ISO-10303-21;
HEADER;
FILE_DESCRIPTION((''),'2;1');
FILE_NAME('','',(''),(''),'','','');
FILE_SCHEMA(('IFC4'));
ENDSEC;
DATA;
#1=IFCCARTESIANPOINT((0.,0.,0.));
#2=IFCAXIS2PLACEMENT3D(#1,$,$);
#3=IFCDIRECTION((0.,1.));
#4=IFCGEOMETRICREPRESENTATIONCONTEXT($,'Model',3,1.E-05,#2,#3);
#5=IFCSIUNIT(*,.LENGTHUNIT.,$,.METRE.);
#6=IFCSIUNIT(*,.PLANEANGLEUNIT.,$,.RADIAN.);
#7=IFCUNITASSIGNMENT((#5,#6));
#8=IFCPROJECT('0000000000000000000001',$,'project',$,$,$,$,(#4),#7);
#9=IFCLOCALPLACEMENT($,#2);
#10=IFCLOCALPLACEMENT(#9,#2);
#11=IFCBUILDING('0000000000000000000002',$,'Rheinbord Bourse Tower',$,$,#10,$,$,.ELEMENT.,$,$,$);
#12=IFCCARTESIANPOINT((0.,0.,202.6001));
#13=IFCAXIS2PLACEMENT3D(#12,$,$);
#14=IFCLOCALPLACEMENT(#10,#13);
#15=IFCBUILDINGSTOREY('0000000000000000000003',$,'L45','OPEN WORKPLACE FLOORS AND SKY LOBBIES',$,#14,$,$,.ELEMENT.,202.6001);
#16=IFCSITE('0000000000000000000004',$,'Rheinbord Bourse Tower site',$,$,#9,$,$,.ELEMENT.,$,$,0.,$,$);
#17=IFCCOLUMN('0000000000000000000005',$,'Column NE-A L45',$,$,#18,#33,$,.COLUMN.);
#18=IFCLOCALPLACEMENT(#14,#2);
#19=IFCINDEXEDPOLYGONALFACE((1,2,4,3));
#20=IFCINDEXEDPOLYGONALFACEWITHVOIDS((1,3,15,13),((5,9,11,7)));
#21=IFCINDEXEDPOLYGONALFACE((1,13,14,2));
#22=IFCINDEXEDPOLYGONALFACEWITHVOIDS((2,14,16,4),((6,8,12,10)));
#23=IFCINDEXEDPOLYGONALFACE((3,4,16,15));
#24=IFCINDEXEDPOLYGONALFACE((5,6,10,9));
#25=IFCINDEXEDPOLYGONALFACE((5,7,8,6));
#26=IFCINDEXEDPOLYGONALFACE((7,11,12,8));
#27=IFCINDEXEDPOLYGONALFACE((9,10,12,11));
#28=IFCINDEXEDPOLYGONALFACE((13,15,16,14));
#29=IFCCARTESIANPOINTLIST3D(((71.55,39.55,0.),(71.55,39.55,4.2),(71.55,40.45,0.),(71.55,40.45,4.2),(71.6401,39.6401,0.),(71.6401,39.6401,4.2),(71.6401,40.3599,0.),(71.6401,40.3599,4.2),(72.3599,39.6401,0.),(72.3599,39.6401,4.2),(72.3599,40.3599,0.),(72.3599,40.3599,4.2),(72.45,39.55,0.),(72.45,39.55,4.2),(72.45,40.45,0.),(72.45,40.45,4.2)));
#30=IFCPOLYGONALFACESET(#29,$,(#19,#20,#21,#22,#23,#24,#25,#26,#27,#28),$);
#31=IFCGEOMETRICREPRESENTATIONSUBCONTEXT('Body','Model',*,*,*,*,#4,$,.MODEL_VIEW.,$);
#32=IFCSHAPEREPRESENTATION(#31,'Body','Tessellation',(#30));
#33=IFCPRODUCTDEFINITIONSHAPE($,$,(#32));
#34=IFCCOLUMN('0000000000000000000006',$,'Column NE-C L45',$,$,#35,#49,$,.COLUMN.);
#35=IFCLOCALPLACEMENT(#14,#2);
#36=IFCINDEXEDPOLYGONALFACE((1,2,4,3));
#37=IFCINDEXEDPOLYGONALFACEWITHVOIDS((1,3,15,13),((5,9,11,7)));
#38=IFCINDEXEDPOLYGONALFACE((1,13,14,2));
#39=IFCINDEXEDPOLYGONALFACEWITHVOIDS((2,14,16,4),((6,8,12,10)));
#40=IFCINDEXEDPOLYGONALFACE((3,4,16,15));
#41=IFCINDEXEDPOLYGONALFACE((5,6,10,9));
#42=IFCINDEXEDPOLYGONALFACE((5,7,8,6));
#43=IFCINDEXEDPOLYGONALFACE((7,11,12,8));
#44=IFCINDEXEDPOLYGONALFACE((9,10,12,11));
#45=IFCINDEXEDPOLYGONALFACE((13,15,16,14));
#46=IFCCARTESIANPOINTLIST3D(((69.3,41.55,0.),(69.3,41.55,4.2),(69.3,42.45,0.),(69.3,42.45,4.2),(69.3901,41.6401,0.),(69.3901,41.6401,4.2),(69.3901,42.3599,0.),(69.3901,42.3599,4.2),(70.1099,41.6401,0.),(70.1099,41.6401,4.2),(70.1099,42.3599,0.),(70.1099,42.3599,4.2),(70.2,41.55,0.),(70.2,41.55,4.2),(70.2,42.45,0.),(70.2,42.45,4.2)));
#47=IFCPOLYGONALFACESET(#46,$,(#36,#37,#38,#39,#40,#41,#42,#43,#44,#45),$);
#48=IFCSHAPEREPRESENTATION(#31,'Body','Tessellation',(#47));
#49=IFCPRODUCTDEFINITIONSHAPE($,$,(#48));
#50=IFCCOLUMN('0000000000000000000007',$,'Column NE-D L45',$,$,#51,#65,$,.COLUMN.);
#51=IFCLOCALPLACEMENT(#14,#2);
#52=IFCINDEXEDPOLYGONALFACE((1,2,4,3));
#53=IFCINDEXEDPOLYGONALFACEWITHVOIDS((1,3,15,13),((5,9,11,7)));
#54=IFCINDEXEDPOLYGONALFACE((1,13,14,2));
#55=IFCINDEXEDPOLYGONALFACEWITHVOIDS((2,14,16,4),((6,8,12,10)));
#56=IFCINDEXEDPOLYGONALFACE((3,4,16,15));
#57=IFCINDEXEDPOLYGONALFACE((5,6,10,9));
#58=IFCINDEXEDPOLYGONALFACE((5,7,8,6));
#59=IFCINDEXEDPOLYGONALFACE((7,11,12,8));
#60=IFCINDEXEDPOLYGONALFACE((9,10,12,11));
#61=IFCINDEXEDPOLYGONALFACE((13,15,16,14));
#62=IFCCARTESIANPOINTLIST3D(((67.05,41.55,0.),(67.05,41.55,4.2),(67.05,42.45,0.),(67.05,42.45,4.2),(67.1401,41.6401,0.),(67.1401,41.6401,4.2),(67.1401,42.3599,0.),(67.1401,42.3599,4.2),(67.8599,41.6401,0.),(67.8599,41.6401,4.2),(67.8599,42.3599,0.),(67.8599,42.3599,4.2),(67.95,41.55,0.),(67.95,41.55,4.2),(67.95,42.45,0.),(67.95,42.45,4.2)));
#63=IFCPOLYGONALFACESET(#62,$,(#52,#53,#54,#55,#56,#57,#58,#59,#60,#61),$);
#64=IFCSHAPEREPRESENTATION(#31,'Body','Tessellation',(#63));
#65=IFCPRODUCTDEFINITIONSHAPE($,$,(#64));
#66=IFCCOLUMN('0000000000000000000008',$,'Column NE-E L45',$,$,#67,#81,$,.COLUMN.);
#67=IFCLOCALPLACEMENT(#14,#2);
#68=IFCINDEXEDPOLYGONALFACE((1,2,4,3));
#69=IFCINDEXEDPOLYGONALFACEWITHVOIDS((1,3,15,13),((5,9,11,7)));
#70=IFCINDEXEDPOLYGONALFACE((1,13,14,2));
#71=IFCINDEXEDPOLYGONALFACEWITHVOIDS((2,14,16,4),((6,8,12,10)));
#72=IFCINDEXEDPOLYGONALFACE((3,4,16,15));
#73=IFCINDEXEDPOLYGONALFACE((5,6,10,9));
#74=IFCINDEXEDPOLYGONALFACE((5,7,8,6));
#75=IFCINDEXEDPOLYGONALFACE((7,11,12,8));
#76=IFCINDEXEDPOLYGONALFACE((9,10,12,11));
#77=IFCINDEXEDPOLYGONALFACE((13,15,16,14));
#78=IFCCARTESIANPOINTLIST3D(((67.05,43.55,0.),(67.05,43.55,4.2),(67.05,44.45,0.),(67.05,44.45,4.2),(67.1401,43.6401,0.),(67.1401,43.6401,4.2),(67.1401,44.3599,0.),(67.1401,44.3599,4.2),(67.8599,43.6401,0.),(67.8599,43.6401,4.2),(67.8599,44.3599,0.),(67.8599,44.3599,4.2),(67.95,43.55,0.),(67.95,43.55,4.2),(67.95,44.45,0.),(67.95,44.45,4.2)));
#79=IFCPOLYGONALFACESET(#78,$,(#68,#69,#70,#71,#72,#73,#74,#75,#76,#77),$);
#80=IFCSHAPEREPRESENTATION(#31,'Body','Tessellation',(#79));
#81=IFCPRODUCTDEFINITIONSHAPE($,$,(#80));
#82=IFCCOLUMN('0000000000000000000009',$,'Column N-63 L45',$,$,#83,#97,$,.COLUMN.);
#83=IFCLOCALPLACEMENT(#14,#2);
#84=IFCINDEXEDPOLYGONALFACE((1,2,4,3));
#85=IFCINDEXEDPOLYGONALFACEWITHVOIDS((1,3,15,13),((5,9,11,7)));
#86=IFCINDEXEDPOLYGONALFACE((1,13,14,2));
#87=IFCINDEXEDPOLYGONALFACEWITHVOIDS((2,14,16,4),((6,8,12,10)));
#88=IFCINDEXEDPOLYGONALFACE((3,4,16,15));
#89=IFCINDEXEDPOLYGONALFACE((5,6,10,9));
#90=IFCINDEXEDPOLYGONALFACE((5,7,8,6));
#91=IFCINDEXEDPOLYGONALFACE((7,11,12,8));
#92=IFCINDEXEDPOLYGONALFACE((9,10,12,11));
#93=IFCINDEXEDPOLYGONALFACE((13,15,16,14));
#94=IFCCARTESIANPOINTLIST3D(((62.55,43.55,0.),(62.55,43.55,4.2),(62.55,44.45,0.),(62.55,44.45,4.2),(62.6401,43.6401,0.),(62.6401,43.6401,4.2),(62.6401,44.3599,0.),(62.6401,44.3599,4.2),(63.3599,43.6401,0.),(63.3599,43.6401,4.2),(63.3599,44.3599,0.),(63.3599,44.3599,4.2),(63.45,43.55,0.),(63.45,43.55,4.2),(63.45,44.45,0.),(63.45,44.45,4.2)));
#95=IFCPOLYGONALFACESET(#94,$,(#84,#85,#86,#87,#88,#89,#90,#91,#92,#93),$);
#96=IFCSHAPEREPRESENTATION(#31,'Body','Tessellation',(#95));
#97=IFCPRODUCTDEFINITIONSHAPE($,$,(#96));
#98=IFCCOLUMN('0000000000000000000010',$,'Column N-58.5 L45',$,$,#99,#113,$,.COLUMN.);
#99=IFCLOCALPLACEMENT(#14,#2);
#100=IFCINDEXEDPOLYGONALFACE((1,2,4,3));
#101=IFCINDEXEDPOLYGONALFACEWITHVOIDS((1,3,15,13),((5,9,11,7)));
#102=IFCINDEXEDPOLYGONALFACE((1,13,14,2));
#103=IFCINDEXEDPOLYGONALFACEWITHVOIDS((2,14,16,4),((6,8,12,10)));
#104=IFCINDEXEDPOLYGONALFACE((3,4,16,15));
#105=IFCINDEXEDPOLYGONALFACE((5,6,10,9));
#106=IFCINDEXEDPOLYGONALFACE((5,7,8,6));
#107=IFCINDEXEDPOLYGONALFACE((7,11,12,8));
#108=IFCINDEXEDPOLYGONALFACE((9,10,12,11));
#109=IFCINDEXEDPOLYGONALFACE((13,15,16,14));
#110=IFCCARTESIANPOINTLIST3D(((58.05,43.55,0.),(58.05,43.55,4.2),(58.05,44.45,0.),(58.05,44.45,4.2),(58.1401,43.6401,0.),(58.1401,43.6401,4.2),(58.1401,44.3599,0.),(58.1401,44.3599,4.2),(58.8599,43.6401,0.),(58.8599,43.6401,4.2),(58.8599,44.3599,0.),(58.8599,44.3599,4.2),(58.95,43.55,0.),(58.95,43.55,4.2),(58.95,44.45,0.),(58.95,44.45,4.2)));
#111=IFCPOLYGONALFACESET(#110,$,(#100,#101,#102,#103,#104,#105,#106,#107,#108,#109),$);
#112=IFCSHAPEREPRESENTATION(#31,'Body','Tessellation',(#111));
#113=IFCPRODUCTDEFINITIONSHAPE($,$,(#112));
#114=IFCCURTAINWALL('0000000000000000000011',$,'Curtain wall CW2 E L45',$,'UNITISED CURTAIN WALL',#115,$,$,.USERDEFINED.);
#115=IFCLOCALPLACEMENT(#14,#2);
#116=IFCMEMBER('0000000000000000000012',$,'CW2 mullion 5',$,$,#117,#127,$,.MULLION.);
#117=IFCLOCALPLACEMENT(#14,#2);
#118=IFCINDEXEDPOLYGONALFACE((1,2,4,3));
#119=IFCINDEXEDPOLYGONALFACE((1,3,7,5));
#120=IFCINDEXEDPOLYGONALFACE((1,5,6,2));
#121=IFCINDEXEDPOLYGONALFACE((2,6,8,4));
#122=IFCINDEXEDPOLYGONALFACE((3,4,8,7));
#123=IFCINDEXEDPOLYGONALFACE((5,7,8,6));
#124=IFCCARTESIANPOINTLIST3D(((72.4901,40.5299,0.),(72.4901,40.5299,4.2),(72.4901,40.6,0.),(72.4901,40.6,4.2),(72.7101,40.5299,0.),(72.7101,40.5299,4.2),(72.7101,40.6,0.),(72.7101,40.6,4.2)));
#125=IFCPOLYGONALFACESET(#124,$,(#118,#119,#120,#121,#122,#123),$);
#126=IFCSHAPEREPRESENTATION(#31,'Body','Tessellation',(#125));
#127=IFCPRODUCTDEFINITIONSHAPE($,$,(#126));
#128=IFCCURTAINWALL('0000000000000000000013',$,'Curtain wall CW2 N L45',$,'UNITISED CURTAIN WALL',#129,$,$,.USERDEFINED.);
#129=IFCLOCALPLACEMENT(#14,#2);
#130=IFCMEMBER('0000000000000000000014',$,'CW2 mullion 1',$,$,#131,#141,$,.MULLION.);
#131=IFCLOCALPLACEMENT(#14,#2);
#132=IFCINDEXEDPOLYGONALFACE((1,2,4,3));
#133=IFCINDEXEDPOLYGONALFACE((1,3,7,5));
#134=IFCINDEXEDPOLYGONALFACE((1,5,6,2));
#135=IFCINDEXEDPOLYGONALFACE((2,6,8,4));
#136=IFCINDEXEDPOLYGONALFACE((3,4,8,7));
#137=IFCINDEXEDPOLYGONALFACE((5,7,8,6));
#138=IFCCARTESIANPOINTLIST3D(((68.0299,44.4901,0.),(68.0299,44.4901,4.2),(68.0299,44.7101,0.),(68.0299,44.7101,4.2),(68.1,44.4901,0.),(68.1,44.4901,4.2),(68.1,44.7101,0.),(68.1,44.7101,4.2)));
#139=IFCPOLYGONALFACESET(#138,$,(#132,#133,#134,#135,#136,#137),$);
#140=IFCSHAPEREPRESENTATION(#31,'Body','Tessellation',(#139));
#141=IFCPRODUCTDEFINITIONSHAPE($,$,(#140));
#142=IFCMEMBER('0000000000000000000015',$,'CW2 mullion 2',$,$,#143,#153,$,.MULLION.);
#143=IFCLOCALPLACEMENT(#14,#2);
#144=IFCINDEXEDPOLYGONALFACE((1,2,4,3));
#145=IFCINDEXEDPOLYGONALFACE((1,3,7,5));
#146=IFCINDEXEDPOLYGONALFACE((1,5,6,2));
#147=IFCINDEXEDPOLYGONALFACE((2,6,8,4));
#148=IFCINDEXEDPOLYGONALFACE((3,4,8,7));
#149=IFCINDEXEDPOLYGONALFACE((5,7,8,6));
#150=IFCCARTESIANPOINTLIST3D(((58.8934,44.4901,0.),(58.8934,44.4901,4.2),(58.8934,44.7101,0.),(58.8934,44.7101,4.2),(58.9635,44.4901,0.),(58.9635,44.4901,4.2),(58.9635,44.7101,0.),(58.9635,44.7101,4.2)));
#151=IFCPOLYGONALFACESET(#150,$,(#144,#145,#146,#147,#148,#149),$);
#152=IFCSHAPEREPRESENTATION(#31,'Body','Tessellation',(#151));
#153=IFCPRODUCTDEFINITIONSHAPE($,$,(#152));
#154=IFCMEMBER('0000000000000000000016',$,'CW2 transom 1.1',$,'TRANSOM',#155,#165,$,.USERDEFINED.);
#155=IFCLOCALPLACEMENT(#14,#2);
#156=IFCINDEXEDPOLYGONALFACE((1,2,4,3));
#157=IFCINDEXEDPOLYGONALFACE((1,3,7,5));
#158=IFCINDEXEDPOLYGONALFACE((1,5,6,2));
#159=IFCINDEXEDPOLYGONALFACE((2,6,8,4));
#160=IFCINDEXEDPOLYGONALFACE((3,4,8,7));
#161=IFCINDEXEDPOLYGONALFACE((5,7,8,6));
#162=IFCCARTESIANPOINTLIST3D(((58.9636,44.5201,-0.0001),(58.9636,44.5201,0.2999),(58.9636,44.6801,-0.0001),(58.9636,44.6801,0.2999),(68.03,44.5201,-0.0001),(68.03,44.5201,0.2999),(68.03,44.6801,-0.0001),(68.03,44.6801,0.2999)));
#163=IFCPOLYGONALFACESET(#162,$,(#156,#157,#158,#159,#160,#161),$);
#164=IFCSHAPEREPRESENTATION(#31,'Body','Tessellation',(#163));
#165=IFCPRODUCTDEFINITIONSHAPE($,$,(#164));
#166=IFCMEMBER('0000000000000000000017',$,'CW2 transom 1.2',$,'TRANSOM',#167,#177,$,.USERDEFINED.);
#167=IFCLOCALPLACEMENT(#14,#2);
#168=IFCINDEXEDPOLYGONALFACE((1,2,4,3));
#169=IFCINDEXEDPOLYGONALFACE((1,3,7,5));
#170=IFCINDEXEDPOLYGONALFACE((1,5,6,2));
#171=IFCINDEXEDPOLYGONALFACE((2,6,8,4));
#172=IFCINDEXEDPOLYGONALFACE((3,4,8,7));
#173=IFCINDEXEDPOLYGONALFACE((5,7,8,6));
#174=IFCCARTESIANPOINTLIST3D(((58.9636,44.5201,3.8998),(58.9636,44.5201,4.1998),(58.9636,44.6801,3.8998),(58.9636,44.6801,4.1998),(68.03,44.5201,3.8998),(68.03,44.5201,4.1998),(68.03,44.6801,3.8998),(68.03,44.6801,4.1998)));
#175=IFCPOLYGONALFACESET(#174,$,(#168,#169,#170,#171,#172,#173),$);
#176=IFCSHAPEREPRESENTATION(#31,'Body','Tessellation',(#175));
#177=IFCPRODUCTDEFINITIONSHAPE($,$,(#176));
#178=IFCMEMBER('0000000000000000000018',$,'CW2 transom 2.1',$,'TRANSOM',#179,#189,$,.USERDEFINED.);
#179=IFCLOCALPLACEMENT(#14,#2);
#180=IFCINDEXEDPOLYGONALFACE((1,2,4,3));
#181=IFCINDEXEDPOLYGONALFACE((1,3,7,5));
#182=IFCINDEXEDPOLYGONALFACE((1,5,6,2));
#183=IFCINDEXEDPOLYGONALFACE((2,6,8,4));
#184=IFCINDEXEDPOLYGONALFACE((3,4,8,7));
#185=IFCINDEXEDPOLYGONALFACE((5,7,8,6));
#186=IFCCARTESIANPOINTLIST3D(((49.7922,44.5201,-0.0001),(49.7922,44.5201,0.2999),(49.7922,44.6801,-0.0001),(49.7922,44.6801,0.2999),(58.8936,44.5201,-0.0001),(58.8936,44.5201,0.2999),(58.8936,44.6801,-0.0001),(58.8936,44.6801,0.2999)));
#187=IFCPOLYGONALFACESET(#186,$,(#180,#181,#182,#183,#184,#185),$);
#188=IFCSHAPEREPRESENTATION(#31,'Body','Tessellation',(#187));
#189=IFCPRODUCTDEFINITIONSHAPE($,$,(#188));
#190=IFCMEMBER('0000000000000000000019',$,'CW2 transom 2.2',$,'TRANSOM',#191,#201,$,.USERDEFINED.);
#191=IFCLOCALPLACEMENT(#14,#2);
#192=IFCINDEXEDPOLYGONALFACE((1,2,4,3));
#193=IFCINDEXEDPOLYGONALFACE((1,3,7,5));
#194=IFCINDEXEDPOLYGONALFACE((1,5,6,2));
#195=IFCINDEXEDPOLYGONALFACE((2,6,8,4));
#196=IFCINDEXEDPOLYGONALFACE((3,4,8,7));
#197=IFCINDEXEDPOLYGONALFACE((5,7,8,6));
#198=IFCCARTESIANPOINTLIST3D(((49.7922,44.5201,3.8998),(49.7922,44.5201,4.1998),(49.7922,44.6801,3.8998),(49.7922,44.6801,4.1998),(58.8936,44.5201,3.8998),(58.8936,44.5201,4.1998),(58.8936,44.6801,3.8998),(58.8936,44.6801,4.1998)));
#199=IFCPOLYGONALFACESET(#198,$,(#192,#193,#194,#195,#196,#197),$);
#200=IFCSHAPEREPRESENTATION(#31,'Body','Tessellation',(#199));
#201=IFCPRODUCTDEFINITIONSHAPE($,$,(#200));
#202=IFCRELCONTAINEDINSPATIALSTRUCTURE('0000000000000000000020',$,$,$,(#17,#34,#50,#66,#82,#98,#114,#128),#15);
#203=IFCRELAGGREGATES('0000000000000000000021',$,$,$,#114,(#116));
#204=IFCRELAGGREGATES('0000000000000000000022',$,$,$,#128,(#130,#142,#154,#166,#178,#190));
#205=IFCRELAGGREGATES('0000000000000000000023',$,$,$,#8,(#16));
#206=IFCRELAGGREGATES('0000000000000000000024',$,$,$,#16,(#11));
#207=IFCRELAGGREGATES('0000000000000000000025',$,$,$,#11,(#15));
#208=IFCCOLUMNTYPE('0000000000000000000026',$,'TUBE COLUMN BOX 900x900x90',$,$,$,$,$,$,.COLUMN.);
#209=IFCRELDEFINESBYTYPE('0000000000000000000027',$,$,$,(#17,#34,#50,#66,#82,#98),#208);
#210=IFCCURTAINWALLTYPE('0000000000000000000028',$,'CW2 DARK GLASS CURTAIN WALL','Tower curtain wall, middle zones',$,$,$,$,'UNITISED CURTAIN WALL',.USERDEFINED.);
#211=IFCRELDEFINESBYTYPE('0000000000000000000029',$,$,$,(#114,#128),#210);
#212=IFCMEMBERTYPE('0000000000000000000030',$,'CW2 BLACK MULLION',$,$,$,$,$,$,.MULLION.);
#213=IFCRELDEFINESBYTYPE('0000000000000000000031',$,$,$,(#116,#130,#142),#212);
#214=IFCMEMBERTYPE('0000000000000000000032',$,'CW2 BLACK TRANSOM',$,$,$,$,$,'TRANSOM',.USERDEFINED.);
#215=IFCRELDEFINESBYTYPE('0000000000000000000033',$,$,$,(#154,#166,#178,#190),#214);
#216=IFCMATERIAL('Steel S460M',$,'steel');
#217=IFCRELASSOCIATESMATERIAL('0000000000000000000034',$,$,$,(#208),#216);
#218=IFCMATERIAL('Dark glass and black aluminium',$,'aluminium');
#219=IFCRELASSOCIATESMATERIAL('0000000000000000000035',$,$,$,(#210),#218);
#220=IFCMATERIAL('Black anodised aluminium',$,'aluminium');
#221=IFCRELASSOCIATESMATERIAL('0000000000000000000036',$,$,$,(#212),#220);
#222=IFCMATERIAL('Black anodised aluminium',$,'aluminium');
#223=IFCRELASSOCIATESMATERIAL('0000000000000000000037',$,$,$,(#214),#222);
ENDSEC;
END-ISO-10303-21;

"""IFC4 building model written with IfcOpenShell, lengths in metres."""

from ifc_helpers import new_model, si_unit, direction, frame, origin, origin_2d, place, context, subcontext, project, spatial, rectangle, hollow_rectangle, extrude, material, material_profile, profile_set, type_object, element, aggregate, save


model = new_model("IFC4")

# Units and contexts
model_context = context("Model", 3, precision=1e-05, world=origin(), true_north=direction((0.0, 1.0)))
body_context = subcontext(model_context, "Body", "Model", "MODEL_VIEW")
ifc_project = project(units=[si_unit("LENGTHUNIT", "METRE"), si_unit("PLANEANGLEUNIT", "RADIAN")], contexts=[model_context])

# Site, building, storey
site_placement = place(None, origin())
site = spatial("IfcSite", under=ifc_project, at=site_placement, Name="Rheinbord Bourse Tower site", CompositionType="ELEMENT", RefElevation=0.0)
building_placement = place(site_placement, origin())
building = spatial("IfcBuilding", under=site, at=building_placement, Name="Rheinbord Bourse Tower", CompositionType="ELEMENT")
storey_placement = place(building_placement, frame((0.0, 0.0, 202.6001)))
storey = spatial("IfcBuildingStorey", under=building, at=storey_placement, Name="L45", Description="OPEN WORKPLACE FLOORS AND SKY LOBBIES", CompositionType="ELEMENT", Elevation=202.6001)

# Columns
ifc_material_1 = material(Name="Steel S460M", Category="steel")
ifc_material_profile_1 = material_profile(ifc_material_1, hollow_rectangle(XDim=0.8999, YDim=0.8999, WallThickness=0.0901, at=origin_2d()), Name="BOX 900x900x90")
ifc_profile_set_1 = profile_set([ifc_material_profile_1], Name="Steel S460M")
column_type = type_object("IfcColumnType", Name="TUBE COLUMN BOX 900x900x90", PredefinedType="COLUMN", material=ifc_profile_set_1)
for number, where, z_axis, x_axis, name in (
    (1, (72.0, 40.0, 0.0), (0.0, 0.0, 1.0), (1.0, 0.0, 0.0), "Column NE-A L45"),
    (2, (69.75, 42.0, 0.0), (0.0, 0.0, 1.0), (1.0, 0.0, 0.0), "Column NE-C L45"),
    (3, (67.5, 42.0, 0.0), (0.0, 0.0, 1.0), (0.0, 1.0, 0.0), "Column NE-D L45"),
    (4, (67.5, 44.0, 0.0), (0.0, 0.0, 1.0), (0.0, 1.0, 0.0), "Column NE-E L45"),
    (5, (63.0, 44.0, 0.0), (0.0, 0.0, 1.0), (0.0, 1.0, 0.0), "Column N-63 L45"),
    (6, (58.5, 44.0, 0.0), (0.0, 0.0, 1.0), (0.0, 1.0, 0.0), "Column N-58.5 L45"),
):
    element("IfcColumn", number, at=place(storey_placement, frame(where, z_axis=z_axis, x_axis=x_axis)), inside=storey, type_object=column_type, Name=name, PredefinedType="COLUMN", context=body_context, shape_type="SweptSolid", body=[
        extrude(hollow_rectangle(XDim=0.8999, YDim=0.8999, WallThickness=0.0901, at=origin_2d()), origin(), (0.0, 0.0, 1.0), 4.2),
    ])

# Curtain wall, member
ifc_material_2 = material(Name="Dark glass and black aluminium", Category="aluminium")
curtain_wall_type = type_object("IfcCurtainWallType", Name="CW2 DARK GLASS CURTAIN WALL", Description="Tower curtain wall, middle zones", ElementType="UNITISED CURTAIN WALL", PredefinedType="USERDEFINED", material=ifc_material_2)
curtain_wall_1_placement = place(storey_placement, origin())
curtain_wall_1 = element("IfcCurtainWall", 7, at=curtain_wall_1_placement, inside=storey, type_object=curtain_wall_type, Name="Curtain wall CW2 E L45", ObjectType="UNITISED CURTAIN WALL", PredefinedType="USERDEFINED")
ifc_material_3 = material(Name="Black anodised aluminium", Category="aluminium")
ifc_material_profile_2 = material_profile(ifc_material_3, rectangle(XDim=0.22, YDim=0.0701, at=origin_2d()), Name="CW2 MULLION 70x220")
ifc_profile_set_2 = profile_set([ifc_material_profile_2], Name="Black anodised aluminium")
member_type_1 = type_object("IfcMemberType", Name="CW2 BLACK MULLION", PredefinedType="MULLION", material=ifc_profile_set_2)
member_1_placement = place(storey_placement, frame((72.6001, 40.5649, 0.0), z_axis=(0.0, 0.0, 1.0), x_axis=(-1.0, 0.0, 0.0)))
member_1 = element("IfcMember", 8, at=member_1_placement, type_object=member_type_1, Name="CW2 mullion 5", PredefinedType="MULLION", context=body_context, shape_type="SweptSolid", body=[
    extrude(rectangle(XDim=0.22, YDim=0.0701, at=origin_2d()), origin(), (0.0, 0.0, 1.0), 4.2),
])

# Curtain wall, members
curtain_wall_2_placement = place(storey_placement, origin())
curtain_wall_2 = element("IfcCurtainWall", 9, at=curtain_wall_2_placement, inside=storey, type_object=curtain_wall_type, Name="Curtain wall CW2 N L45", ObjectType="UNITISED CURTAIN WALL", PredefinedType="USERDEFINED")
member_2_placement = place(storey_placement, frame((68.0649, 44.6001, 0.0), z_axis=(0.0, 0.0, 1.0), x_axis=(0.0, -1.0, 0.0)))
member_2 = element("IfcMember", 10, at=member_2_placement, type_object=member_type_1, Name="CW2 mullion 1", PredefinedType="MULLION", context=body_context, shape_type="SweptSolid", body=[
    extrude(rectangle(XDim=0.22, YDim=0.0701, at=origin_2d()), origin(), (0.0, 0.0, 1.0), 4.2),
])
member_3_placement = place(storey_placement, frame((58.9285, 44.6001, 0.0), z_axis=(0.0, 0.0, 1.0), x_axis=(0.0, -1.0, 0.0)))
member_3 = element("IfcMember", 11, at=member_3_placement, type_object=member_type_1, Name="CW2 mullion 2", PredefinedType="MULLION", context=body_context, shape_type="SweptSolid", body=[
    extrude(rectangle(XDim=0.22, YDim=0.0701, at=origin_2d()), origin(), (0.0, 0.0, 1.0), 4.2),
])
ifc_material_4 = material(Name="Black anodised aluminium", Category="aluminium")
ifc_material_profile_3 = material_profile(ifc_material_4, rectangle(XDim=0.1599, YDim=0.3, at=origin_2d()), Name="CW2 TRANSOM 300x160")
ifc_profile_set_3 = profile_set([ifc_material_profile_3], Name="Black anodised aluminium")
member_type_2 = type_object("IfcMemberType", Name="CW2 BLACK TRANSOM", ElementType="TRANSOM", PredefinedType="USERDEFINED", material=ifc_profile_set_3)
member_4_placement = place(storey_placement, frame((68.03, 44.6001, 0.1499), z_axis=(-1.0, 0.0, 0.0), x_axis=(0.0, -1.0, 0.0)))
member_4 = element("IfcMember", 12, at=member_4_placement, type_object=member_type_2, Name="CW2 transom 1.1", ObjectType="TRANSOM", PredefinedType="USERDEFINED", context=body_context, shape_type="SweptSolid", body=[
    extrude(rectangle(XDim=0.1599, YDim=0.3, at=origin_2d()), origin(), (0.0, 0.0, 1.0), 9.0664),
])
member_5_placement = place(storey_placement, frame((68.03, 44.6001, 4.0498), z_axis=(-1.0, 0.0, 0.0), x_axis=(0.0, -1.0, 0.0)))
member_5 = element("IfcMember", 13, at=member_5_placement, type_object=member_type_2, Name="CW2 transom 1.2", ObjectType="TRANSOM", PredefinedType="USERDEFINED", context=body_context, shape_type="SweptSolid", body=[
    extrude(rectangle(XDim=0.1599, YDim=0.3, at=origin_2d()), origin(), (0.0, 0.0, 1.0), 9.0664),
])
member_6_placement = place(storey_placement, frame((58.8936, 44.6001, 0.1499), z_axis=(-1.0, 0.0, 0.0), x_axis=(0.0, -1.0, 0.0)))
member_6 = element("IfcMember", 14, at=member_6_placement, type_object=member_type_2, Name="CW2 transom 2.1", ObjectType="TRANSOM", PredefinedType="USERDEFINED", context=body_context, shape_type="SweptSolid", body=[
    extrude(rectangle(XDim=0.1599, YDim=0.3, at=origin_2d()), origin(), (0.0, 0.0, 1.0), 9.1013),
])
member_7_placement = place(storey_placement, frame((58.8936, 44.6001, 4.0498), z_axis=(-1.0, 0.0, 0.0), x_axis=(0.0, -1.0, 0.0)))
member_7 = element("IfcMember", 15, at=member_7_placement, type_object=member_type_2, Name="CW2 transom 2.2", ObjectType="TRANSOM", PredefinedType="USERDEFINED", context=body_context, shape_type="SweptSolid", body=[
    extrude(rectangle(XDim=0.1599, YDim=0.3, at=origin_2d()), origin(), (0.0, 0.0, 1.0), 9.1013),
])

aggregate(curtain_wall_1, [member_1])
aggregate(curtain_wall_2, [member_2, member_3, member_4, member_5, member_6, member_7])

save(model, "model.ifc")
